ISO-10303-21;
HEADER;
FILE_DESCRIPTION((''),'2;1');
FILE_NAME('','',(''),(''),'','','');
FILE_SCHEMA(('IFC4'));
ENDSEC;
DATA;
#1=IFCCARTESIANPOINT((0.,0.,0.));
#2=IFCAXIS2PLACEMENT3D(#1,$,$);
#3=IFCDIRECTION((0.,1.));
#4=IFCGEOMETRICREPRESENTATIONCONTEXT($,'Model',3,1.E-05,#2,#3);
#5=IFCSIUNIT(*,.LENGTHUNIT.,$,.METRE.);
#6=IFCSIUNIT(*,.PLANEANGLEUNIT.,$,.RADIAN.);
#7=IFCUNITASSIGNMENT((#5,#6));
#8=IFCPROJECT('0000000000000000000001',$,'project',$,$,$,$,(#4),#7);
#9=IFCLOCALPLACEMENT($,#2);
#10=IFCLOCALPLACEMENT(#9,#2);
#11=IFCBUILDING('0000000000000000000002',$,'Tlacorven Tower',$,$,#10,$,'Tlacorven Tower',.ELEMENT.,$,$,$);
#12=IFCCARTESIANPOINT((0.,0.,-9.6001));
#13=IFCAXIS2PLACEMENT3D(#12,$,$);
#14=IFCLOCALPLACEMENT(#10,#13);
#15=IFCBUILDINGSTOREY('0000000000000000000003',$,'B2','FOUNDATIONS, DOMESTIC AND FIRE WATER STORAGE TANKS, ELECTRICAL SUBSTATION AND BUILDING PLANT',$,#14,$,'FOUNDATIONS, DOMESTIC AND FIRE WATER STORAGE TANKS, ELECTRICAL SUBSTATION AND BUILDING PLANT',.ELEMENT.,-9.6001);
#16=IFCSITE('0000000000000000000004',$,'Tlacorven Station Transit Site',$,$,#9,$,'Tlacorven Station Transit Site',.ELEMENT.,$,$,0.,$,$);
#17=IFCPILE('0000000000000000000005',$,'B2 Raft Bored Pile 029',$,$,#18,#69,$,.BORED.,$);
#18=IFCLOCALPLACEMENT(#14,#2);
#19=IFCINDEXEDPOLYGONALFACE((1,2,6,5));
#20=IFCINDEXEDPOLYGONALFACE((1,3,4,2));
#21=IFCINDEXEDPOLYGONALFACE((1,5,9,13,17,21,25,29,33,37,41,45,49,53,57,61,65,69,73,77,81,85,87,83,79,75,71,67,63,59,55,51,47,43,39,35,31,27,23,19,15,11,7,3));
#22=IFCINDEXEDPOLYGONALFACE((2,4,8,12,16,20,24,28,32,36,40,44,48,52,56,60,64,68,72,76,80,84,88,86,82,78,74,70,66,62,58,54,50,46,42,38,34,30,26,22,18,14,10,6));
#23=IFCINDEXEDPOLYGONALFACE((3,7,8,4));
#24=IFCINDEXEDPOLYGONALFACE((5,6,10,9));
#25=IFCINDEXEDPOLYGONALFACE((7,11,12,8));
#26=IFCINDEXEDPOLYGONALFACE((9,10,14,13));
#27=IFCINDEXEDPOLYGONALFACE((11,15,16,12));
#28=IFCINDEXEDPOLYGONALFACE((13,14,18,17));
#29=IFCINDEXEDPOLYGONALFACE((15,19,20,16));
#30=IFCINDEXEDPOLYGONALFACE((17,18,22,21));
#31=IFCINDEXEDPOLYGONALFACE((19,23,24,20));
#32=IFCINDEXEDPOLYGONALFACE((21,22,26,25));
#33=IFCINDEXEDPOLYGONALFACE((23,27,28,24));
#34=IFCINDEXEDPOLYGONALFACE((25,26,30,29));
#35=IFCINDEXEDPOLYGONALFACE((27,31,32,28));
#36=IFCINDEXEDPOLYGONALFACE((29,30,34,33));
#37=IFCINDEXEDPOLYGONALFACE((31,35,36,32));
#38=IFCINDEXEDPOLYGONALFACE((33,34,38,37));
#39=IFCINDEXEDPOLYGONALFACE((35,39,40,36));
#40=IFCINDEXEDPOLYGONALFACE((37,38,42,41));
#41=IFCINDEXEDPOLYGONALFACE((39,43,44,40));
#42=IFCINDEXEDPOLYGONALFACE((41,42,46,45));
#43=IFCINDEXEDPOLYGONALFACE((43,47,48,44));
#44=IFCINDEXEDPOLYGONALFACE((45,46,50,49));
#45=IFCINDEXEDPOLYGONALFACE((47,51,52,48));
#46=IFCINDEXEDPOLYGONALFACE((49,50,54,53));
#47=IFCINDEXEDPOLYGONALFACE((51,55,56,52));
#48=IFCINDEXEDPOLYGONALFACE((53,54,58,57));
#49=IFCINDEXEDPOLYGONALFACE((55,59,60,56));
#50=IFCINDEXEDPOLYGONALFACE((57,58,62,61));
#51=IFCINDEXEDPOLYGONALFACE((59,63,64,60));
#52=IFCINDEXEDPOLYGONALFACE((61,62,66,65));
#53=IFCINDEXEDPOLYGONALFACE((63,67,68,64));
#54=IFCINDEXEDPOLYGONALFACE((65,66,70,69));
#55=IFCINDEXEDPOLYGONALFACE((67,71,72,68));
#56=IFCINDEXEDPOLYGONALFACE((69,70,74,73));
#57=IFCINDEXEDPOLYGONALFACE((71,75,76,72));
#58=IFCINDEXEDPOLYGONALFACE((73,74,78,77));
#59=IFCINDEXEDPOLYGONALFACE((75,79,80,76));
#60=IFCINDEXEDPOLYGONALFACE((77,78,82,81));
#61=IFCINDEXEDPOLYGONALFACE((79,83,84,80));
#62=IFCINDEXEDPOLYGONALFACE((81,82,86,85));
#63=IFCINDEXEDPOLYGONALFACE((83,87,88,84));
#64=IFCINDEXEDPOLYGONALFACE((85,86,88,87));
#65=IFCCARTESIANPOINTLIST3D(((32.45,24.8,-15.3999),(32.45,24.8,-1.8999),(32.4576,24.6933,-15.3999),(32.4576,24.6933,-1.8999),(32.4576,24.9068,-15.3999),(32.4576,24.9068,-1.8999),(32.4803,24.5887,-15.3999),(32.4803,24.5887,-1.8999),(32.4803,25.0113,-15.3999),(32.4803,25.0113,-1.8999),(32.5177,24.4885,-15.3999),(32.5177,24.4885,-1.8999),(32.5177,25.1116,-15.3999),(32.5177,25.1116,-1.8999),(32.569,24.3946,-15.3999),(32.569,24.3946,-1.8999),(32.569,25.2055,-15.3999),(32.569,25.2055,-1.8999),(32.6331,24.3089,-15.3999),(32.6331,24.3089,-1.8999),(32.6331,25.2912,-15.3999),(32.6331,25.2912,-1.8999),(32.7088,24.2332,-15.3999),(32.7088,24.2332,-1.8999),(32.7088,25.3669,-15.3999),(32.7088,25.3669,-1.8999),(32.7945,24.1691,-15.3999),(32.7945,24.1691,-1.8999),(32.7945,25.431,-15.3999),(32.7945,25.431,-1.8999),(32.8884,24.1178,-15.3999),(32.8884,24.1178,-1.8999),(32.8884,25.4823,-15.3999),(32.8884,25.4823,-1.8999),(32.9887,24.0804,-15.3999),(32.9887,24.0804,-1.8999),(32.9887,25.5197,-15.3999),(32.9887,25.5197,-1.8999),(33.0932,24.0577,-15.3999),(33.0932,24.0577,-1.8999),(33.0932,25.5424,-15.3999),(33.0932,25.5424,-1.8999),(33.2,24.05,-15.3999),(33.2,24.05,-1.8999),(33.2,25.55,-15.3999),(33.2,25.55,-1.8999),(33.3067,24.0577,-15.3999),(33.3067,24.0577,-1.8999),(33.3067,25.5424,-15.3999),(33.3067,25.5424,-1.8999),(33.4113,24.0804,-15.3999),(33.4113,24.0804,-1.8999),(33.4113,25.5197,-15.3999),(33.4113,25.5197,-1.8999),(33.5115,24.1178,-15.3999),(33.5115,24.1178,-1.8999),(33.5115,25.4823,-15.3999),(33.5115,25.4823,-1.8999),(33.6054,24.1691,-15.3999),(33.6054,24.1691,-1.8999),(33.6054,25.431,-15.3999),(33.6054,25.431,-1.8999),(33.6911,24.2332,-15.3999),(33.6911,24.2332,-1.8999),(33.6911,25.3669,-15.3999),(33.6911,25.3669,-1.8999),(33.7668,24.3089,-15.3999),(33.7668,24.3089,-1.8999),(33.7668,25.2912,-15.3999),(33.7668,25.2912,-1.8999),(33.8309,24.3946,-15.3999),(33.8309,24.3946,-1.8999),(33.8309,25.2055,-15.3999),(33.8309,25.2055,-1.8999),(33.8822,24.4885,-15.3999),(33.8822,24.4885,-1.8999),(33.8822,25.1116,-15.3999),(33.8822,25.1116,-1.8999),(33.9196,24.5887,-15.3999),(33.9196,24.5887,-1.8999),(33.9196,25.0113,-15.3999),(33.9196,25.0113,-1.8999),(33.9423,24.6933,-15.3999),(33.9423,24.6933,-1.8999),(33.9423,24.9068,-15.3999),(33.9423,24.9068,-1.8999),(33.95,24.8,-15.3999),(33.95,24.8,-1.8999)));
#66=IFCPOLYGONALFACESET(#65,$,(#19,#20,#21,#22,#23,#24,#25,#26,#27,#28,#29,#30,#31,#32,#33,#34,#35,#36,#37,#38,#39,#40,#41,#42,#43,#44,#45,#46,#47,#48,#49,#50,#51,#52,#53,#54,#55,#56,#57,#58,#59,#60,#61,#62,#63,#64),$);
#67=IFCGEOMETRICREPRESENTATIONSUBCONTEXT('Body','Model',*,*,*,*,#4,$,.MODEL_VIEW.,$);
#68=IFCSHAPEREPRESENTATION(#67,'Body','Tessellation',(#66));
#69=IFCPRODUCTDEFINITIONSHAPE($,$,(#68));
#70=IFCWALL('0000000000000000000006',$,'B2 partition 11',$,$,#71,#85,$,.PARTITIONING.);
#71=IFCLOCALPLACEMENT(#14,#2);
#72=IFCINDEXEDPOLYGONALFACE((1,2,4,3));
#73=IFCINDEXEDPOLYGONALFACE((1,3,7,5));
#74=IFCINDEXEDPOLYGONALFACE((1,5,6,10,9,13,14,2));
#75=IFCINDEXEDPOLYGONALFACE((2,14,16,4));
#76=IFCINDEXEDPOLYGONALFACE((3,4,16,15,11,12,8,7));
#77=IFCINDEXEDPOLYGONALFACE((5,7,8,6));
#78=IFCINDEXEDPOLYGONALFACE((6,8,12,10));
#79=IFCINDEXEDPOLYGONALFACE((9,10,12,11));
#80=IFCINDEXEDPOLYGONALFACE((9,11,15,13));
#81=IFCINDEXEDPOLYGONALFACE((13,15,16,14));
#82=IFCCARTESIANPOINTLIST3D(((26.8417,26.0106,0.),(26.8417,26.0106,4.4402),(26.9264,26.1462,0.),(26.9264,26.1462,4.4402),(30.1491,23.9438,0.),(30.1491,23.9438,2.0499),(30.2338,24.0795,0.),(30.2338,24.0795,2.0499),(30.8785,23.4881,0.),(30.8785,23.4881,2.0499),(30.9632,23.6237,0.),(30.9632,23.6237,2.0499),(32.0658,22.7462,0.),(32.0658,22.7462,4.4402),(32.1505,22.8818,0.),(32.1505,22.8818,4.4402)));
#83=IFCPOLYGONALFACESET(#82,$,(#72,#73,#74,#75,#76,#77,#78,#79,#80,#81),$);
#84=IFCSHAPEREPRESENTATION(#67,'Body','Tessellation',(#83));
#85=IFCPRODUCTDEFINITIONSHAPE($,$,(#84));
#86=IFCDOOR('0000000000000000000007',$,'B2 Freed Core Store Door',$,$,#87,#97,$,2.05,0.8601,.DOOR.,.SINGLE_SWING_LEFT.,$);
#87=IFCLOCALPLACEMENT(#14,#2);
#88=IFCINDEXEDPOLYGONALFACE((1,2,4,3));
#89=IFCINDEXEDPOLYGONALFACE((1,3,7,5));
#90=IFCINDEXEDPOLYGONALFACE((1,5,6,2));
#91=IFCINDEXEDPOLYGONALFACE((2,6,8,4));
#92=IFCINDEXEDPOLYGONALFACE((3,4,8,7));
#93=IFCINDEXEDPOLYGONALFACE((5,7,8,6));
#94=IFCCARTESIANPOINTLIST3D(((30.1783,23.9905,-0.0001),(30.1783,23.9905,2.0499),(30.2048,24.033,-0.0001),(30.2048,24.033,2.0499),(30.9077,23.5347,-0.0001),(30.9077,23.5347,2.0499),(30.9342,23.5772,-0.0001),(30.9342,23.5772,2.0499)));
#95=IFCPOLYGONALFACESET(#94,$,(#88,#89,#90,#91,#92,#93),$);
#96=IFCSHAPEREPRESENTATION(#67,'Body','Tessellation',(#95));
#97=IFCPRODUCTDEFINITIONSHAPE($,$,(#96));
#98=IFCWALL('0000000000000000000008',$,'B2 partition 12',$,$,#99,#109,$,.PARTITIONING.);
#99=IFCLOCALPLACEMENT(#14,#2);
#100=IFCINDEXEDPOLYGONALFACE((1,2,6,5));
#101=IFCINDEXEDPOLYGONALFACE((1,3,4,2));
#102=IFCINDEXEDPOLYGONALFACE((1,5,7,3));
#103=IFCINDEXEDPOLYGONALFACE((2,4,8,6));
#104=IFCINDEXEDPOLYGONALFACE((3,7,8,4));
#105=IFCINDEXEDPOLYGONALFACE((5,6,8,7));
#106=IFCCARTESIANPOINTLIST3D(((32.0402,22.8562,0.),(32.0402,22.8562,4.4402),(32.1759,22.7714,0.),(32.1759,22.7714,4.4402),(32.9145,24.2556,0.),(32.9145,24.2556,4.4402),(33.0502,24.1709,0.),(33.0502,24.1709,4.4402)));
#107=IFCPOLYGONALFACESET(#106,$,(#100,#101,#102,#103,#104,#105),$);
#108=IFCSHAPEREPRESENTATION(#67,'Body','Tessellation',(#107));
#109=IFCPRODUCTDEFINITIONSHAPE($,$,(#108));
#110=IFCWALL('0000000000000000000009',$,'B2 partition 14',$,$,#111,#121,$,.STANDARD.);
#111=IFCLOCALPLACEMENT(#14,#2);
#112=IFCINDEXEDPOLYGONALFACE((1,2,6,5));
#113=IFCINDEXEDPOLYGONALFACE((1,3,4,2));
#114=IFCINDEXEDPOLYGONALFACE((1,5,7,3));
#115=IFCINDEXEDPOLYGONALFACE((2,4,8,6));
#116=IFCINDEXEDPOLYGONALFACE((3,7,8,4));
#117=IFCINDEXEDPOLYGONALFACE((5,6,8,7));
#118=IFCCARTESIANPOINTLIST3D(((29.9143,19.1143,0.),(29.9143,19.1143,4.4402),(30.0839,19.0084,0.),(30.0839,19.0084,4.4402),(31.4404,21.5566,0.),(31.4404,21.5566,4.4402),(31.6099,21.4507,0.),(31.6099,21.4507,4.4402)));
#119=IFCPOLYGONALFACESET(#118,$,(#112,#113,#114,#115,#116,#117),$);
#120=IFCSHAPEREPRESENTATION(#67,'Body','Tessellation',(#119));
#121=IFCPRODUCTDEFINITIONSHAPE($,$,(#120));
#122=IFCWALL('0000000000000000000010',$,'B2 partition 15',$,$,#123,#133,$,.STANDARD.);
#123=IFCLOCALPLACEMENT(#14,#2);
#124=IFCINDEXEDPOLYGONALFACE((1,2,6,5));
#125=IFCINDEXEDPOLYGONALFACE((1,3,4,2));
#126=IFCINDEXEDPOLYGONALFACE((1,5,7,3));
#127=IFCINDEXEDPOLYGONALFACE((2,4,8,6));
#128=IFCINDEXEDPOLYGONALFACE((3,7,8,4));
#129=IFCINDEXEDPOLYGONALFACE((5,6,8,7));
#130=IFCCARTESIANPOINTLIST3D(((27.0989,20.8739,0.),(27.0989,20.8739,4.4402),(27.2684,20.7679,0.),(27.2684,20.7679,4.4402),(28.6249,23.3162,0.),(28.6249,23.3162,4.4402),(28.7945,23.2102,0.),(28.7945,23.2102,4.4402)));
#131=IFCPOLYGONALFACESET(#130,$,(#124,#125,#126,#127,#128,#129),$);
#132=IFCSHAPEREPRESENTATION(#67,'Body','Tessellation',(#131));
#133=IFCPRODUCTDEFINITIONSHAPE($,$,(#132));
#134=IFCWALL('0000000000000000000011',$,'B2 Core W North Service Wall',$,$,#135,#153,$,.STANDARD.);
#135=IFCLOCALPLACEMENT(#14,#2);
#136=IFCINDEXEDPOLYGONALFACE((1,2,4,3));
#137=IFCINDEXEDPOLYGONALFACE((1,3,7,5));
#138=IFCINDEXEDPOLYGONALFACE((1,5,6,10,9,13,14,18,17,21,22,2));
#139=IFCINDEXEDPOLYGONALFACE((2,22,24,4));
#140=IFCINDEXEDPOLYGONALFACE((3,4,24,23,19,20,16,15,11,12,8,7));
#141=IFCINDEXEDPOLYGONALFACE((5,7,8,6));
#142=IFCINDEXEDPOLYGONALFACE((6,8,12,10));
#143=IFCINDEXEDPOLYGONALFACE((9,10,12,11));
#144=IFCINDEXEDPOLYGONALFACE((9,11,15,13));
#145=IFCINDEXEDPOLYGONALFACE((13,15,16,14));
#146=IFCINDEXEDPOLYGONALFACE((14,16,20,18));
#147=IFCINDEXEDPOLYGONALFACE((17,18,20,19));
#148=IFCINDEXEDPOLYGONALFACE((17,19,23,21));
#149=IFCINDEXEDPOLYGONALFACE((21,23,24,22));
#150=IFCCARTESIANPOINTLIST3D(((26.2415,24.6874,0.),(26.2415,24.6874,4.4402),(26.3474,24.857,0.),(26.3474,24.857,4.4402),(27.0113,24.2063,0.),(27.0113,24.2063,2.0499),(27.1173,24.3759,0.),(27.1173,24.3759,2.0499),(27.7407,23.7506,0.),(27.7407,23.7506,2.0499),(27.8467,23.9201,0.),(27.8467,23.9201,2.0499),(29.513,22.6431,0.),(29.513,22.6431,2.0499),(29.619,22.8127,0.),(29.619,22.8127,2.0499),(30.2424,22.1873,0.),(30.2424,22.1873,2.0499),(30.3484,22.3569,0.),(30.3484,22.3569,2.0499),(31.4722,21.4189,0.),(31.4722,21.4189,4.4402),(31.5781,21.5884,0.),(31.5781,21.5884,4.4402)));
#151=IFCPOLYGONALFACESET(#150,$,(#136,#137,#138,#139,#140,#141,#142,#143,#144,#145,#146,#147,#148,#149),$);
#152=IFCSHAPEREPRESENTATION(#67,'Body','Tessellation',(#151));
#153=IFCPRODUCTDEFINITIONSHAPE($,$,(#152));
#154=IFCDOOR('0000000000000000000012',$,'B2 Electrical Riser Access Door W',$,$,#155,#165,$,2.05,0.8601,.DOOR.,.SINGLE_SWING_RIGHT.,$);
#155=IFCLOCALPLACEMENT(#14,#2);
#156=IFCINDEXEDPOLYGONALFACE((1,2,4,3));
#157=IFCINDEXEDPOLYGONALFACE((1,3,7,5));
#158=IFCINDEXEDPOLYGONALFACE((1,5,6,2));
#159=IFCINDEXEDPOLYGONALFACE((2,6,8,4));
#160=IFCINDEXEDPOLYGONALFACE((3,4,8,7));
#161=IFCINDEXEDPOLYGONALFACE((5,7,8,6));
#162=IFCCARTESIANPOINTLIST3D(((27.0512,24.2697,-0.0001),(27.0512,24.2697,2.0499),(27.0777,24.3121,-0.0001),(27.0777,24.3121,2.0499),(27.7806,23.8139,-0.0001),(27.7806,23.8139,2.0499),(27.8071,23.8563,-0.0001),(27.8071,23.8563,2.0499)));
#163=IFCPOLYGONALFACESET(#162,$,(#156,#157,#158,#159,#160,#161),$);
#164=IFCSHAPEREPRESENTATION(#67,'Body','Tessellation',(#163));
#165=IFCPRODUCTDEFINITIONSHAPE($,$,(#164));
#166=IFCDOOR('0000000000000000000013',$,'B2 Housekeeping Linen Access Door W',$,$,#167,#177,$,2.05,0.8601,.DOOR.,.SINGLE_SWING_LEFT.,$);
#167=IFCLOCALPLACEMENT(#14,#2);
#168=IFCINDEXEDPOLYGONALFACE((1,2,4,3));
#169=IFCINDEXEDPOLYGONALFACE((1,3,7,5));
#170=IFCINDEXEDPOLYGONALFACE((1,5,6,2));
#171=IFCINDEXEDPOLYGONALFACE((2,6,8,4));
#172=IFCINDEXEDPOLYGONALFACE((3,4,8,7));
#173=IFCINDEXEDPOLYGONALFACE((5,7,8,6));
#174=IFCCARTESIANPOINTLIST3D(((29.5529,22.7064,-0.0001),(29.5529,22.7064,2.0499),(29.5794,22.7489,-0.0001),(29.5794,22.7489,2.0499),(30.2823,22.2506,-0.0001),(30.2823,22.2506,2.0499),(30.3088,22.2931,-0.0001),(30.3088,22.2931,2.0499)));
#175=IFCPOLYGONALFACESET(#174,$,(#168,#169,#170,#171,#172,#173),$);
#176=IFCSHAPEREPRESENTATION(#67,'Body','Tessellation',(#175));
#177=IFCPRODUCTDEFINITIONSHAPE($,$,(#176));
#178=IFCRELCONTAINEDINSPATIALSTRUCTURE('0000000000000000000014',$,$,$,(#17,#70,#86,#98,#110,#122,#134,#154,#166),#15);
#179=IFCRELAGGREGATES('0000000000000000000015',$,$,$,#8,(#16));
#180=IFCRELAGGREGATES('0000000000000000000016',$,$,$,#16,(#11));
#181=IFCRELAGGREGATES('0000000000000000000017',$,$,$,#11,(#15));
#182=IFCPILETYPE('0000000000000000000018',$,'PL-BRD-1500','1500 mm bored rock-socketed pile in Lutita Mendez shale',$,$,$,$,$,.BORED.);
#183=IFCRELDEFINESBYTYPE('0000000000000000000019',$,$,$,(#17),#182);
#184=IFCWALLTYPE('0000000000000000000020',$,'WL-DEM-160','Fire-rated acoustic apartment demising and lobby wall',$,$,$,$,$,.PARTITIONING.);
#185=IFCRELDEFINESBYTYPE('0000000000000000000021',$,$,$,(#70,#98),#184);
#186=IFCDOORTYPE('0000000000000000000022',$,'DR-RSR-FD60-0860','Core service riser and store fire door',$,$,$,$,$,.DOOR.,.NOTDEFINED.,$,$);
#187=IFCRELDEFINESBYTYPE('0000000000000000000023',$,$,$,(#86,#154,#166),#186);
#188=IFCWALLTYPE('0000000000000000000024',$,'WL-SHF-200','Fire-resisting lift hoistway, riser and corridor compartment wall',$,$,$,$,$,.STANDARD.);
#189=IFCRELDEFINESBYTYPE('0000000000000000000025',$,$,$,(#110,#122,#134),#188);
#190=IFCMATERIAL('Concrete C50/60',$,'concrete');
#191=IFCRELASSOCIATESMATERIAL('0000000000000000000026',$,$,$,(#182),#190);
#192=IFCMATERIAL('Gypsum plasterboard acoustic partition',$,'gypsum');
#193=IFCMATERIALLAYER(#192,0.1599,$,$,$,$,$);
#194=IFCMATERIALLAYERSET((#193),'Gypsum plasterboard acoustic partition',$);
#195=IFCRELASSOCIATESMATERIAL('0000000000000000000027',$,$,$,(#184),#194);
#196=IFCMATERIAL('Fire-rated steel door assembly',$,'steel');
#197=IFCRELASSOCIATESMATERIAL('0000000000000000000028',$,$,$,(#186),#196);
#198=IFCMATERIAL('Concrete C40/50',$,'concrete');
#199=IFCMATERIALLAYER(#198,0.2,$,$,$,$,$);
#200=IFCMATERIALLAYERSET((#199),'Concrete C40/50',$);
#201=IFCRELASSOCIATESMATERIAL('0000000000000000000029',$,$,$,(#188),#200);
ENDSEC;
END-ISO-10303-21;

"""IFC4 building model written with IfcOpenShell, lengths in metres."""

from ifc_helpers import new_model, si_unit, direction, frame, frame_2d, origin, origin_2d, place, context, subcontext, project, spatial, rectangle, circle, extrude, source, transform, mapped, material, layer, layer_set, material_profile, profile_set, type_object, element, fill, save


model = new_model("IFC4")

# Units and contexts
model_context = context("Model", 3, precision=1e-05, world=origin(), true_north=direction((0.0, 1.0)))
body_context = subcontext(model_context, "Body", "Model", "MODEL_VIEW")
ifc_project = project(units=[si_unit("LENGTHUNIT", "METRE"), si_unit("PLANEANGLEUNIT", "RADIAN")], contexts=[model_context])

# Site, building, storey
site_placement = place(None, origin())
site = spatial("IfcSite", under=ifc_project, at=site_placement, Name="Tlacorven Station Transit Site", LongName="Tlacorven Station Transit Site", CompositionType="ELEMENT", RefElevation=0.0)
building_placement = place(site_placement, origin())
building = spatial("IfcBuilding", under=site, at=building_placement, Name="Tlacorven Tower", LongName="Tlacorven Tower", CompositionType="ELEMENT")
storey_placement = place(building_placement, frame((0.0, 0.0, -9.6001)))
storey = spatial("IfcBuildingStorey", under=building, at=storey_placement, Name="B2", Description="FOUNDATIONS, DOMESTIC AND FIRE WATER STORAGE TANKS, ELECTRICAL SUBSTATION AND BUILDING PLANT", LongName="FOUNDATIONS, DOMESTIC AND FIRE WATER STORAGE TANKS, ELECTRICAL SUBSTATION AND BUILDING PLANT", CompositionType="ELEMENT", Elevation=-9.6001)

# Pile
ifc_material_1 = material(Name="Concrete C50/60", Category="concrete")
ifc_material_profile = material_profile(ifc_material_1, circle(Radius=0.75, at=origin_2d()), Name="BORED PILE D1500")
ifc_profile_set = profile_set([ifc_material_profile], Name="Concrete C50/60")
pile_type = type_object("IfcPileType", Name="PL-BRD-1500", Description="1500 mm bored rock-socketed pile in Lutita Mendez shale", PredefinedType="BORED", material=ifc_profile_set)
shared_shape_1 = source(origin(), body_context, "Body", "SweptSolid", [
    extrude(circle(Radius=0.75, at=origin_2d()), origin(), (0.0, 0.0, 1.0), 13.5),
])
for number, where, z_axis, x_axis, name in (
    (1, (33.2, 24.8, -1.8999), (0.0, 0.0, -1.0), (1.0, 0.0, 0.0), "B2 Raft Bored Pile 029"),
):
    element("IfcPile", number, at=place(storey_placement, frame(where, z_axis=z_axis, x_axis=x_axis)), inside=storey, type_object=pile_type, Name=name, PredefinedType="BORED", context=body_context, shape_type="MappedRepresentation", body=[
        mapped(shared_shape_1, transform((0.0, 0.0, 0.0), scale=1.0)),
    ])

# Wall, opening, door
ifc_material_2 = material(Name="Gypsum plasterboard acoustic partition", Category="gypsum")
ifc_layer_1 = layer(ifc_material_2, 0.1599)
ifc_layer_set_1 = layer_set([ifc_layer_1], Name="Gypsum plasterboard acoustic partition")
wall_type_1 = type_object("IfcWallType", Name="WL-DEM-160", Description="Fire-rated acoustic apartment demising and lobby wall", PredefinedType="PARTITIONING", material=ifc_layer_set_1)
wall_1_placement = place(storey_placement, frame((32.1082, 22.814, 0.0), z_axis=(0.0, 0.0, 1.0), x_axis=(-0.848047, 0.529921, 0.0)))
wall_1 = element("IfcWall", 2, at=wall_1_placement, inside=storey, type_object=wall_type_1, Name="B2 partition 11", PredefinedType="PARTITIONING", context=body_context, shape_type="SweptSolid", body=[
    extrude(rectangle(XDim=6.1602, YDim=0.1599, at=frame_2d((3.0801, 0.0))), origin(), (0.0, 0.0, 1.0), 4.4402),
])
opening_1_placement = place(wall_1_placement, frame((1.3999, 0.0, 0.0)))
opening_1 = element("IfcOpeningElement", 3, at=opening_1_placement, cuts=wall_1, PredefinedType="OPENING", context=body_context, shape_type="SweptSolid", body=[
    extrude(rectangle(XDim=0.8601, YDim=2.05, at=frame_2d((0.4302, 1.0249))), frame((0.0, 0.0898, 0.0), z_axis=(0.0, -1.0, 0.0), x_axis=(1.0, 0.0, 0.0)), (0.0, 0.0, 1.0), 0.1799),
])
ifc_material_3 = material(Name="Fire-rated steel door assembly", Category="steel")
door_type_1 = type_object("IfcDoorType", Name="DR-RSR-FD60-0860", Description="Core service riser and store fire door", OperationType="NOTDEFINED", PredefinedType="DOOR", material=ifc_material_3)
shared_shape_2 = source(origin(), body_context, "Body", "SweptSolid", [
    extrude(rectangle(XDim=0.8601, YDim=2.05, at=frame_2d((0.4302, 1.0249))), frame((0.0, 0.0249, 0.0), z_axis=(0.0, -1.0, 0.0), x_axis=(1.0, 0.0, 0.0)), (0.0, 0.0, 1.0), 0.05),
])
door_1_placement = place(opening_1_placement, origin())
door_1 = element("IfcDoor", 4, at=door_1_placement, inside=storey, type_object=door_type_1, Name="B2 Freed Core Store Door", OperationType="SINGLE_SWING_LEFT", OverallHeight=2.05, OverallWidth=0.8601, PredefinedType="DOOR", context=body_context, shape_type="MappedRepresentation", body=[
    mapped(shared_shape_2, transform((0.0, 0.0, 0.0), scale=1.0)),
])
fill(opening_1, door_1)

# Walls
wall_2_placement = place(storey_placement, frame((32.9824, 24.2134, 0.0), z_axis=(0.0, 0.0, 1.0), x_axis=(-0.529839, -0.848098, 0.0)))
element("IfcWall", 5, at=wall_2_placement, inside=storey, type_object=wall_type_1, Name="B2 partition 12", PredefinedType="PARTITIONING", context=body_context, shape_type="SweptSolid", body=[
    extrude(rectangle(XDim=1.6501, YDim=0.1599, at=frame_2d((0.8252, 0.0))), origin(), (0.0, 0.0, 1.0), 4.4402),
])
ifc_material_4 = material(Name="Concrete C40/50", Category="concrete")
ifc_layer_2 = layer(ifc_material_4, 0.2)
ifc_layer_set_2 = layer_set([ifc_layer_2], Name="Concrete C40/50")
wall_type_2 = type_object("IfcWallType", Name="WL-SHF-200", Description="Fire-resisting lift hoistway, riser and corridor compartment wall", PredefinedType="STANDARD", material=ifc_layer_set_2)
for number, where, z_axis, x_axis, name in (
    (6, (31.5251, 21.5037, 0.0), (0.0, 0.0, 1.0), (-0.529907, -0.848055, 0.0), "B2 partition 14"),
    (7, (28.7097, 23.2632, 0.0), (0.0, 0.0, 1.0), (-0.529907, -0.848055, 0.0), "B2 partition 15"),
):
    element("IfcWall", number, at=place(storey_placement, frame(where, z_axis=z_axis, x_axis=x_axis)), inside=storey, type_object=wall_type_2, Name=name, PredefinedType="STANDARD", context=body_context, shape_type="SweptSolid", body=[
        extrude(rectangle(XDim=2.8799, YDim=0.2, at=frame_2d((1.4399, 0.0))), origin(), (0.0, 0.0, 1.0), 4.4402),
    ])

# Wall, openings, doors
wall_3_placement = place(storey_placement, frame((31.5251, 21.5037, 0.0), z_axis=(0.0, 0.0, 1.0), x_axis=(-0.848045, 0.529924, 0.0)))
wall_3 = element("IfcWall", 8, at=wall_3_placement, inside=storey, type_object=wall_type_2, Name="B2 Core W North Service Wall", PredefinedType="STANDARD", context=body_context, shape_type="SweptSolid", body=[
    extrude(rectangle(XDim=6.168, YDim=0.2, at=frame_2d((3.084, 0.0))), origin(), (0.0, 0.0, 1.0), 4.4402),
])
opening_2_placement = place(wall_3_placement, frame((4.3999, 0.0, 0.0)))
opening_2 = element("IfcOpeningElement", 9, at=opening_2_placement, cuts=wall_3, PredefinedType="OPENING", context=body_context, shape_type="SweptSolid", body=[
    extrude(rectangle(XDim=0.8601, YDim=2.05, at=frame_2d((0.4302, 1.0249))), frame((0.0, 0.1099, 0.0), z_axis=(0.0, -1.0, 0.0), x_axis=(1.0, 0.0, 0.0)), (0.0, 0.0, 1.0), 0.22),
])
opening_3_placement = place(wall_3_placement, frame((1.45, 0.0, 0.0)))
opening_3 = element("IfcOpeningElement", 10, at=opening_3_placement, cuts=wall_3, PredefinedType="OPENING", context=body_context, shape_type="SweptSolid", body=[
    extrude(rectangle(XDim=0.8601, YDim=2.05, at=frame_2d((0.4302, 1.0249))), frame((0.0, 0.1099, 0.0), z_axis=(0.0, -1.0, 0.0), x_axis=(1.0, 0.0, 0.0)), (0.0, 0.0, 1.0), 0.22),
])
door_2_placement = place(opening_2_placement, frame((0.8601, 0.0, 0.0), z_axis=(0.0, 0.0, 1.0), x_axis=(-1.0, 0.0, 0.0)))
door_2 = element("IfcDoor", 11, at=door_2_placement, inside=storey, type_object=door_type_1, Name="B2 Electrical Riser Access Door W", OperationType="SINGLE_SWING_RIGHT", OverallHeight=2.05, OverallWidth=0.8601, PredefinedType="DOOR", context=body_context, shape_type="MappedRepresentation", body=[
    mapped(shared_shape_2, transform((0.0, 0.0, 0.0), scale=1.0)),
])
fill(opening_2, door_2)
door_3_placement = place(opening_3_placement, frame((0.8601, 0.0, 0.0), z_axis=(0.0, 0.0, 1.0), x_axis=(-1.0, 0.0, 0.0)))
door_3 = element("IfcDoor", 12, at=door_3_placement, inside=storey, type_object=door_type_1, Name="B2 Housekeeping Linen Access Door W", OperationType="SINGLE_SWING_LEFT", OverallHeight=2.05, OverallWidth=0.8601, PredefinedType="DOOR", context=body_context, shape_type="MappedRepresentation", body=[
    mapped(shared_shape_2, transform((0.0, 0.0, 0.0), scale=1.0)),
])
fill(opening_3, door_3)

save(model, "model.ifc")
